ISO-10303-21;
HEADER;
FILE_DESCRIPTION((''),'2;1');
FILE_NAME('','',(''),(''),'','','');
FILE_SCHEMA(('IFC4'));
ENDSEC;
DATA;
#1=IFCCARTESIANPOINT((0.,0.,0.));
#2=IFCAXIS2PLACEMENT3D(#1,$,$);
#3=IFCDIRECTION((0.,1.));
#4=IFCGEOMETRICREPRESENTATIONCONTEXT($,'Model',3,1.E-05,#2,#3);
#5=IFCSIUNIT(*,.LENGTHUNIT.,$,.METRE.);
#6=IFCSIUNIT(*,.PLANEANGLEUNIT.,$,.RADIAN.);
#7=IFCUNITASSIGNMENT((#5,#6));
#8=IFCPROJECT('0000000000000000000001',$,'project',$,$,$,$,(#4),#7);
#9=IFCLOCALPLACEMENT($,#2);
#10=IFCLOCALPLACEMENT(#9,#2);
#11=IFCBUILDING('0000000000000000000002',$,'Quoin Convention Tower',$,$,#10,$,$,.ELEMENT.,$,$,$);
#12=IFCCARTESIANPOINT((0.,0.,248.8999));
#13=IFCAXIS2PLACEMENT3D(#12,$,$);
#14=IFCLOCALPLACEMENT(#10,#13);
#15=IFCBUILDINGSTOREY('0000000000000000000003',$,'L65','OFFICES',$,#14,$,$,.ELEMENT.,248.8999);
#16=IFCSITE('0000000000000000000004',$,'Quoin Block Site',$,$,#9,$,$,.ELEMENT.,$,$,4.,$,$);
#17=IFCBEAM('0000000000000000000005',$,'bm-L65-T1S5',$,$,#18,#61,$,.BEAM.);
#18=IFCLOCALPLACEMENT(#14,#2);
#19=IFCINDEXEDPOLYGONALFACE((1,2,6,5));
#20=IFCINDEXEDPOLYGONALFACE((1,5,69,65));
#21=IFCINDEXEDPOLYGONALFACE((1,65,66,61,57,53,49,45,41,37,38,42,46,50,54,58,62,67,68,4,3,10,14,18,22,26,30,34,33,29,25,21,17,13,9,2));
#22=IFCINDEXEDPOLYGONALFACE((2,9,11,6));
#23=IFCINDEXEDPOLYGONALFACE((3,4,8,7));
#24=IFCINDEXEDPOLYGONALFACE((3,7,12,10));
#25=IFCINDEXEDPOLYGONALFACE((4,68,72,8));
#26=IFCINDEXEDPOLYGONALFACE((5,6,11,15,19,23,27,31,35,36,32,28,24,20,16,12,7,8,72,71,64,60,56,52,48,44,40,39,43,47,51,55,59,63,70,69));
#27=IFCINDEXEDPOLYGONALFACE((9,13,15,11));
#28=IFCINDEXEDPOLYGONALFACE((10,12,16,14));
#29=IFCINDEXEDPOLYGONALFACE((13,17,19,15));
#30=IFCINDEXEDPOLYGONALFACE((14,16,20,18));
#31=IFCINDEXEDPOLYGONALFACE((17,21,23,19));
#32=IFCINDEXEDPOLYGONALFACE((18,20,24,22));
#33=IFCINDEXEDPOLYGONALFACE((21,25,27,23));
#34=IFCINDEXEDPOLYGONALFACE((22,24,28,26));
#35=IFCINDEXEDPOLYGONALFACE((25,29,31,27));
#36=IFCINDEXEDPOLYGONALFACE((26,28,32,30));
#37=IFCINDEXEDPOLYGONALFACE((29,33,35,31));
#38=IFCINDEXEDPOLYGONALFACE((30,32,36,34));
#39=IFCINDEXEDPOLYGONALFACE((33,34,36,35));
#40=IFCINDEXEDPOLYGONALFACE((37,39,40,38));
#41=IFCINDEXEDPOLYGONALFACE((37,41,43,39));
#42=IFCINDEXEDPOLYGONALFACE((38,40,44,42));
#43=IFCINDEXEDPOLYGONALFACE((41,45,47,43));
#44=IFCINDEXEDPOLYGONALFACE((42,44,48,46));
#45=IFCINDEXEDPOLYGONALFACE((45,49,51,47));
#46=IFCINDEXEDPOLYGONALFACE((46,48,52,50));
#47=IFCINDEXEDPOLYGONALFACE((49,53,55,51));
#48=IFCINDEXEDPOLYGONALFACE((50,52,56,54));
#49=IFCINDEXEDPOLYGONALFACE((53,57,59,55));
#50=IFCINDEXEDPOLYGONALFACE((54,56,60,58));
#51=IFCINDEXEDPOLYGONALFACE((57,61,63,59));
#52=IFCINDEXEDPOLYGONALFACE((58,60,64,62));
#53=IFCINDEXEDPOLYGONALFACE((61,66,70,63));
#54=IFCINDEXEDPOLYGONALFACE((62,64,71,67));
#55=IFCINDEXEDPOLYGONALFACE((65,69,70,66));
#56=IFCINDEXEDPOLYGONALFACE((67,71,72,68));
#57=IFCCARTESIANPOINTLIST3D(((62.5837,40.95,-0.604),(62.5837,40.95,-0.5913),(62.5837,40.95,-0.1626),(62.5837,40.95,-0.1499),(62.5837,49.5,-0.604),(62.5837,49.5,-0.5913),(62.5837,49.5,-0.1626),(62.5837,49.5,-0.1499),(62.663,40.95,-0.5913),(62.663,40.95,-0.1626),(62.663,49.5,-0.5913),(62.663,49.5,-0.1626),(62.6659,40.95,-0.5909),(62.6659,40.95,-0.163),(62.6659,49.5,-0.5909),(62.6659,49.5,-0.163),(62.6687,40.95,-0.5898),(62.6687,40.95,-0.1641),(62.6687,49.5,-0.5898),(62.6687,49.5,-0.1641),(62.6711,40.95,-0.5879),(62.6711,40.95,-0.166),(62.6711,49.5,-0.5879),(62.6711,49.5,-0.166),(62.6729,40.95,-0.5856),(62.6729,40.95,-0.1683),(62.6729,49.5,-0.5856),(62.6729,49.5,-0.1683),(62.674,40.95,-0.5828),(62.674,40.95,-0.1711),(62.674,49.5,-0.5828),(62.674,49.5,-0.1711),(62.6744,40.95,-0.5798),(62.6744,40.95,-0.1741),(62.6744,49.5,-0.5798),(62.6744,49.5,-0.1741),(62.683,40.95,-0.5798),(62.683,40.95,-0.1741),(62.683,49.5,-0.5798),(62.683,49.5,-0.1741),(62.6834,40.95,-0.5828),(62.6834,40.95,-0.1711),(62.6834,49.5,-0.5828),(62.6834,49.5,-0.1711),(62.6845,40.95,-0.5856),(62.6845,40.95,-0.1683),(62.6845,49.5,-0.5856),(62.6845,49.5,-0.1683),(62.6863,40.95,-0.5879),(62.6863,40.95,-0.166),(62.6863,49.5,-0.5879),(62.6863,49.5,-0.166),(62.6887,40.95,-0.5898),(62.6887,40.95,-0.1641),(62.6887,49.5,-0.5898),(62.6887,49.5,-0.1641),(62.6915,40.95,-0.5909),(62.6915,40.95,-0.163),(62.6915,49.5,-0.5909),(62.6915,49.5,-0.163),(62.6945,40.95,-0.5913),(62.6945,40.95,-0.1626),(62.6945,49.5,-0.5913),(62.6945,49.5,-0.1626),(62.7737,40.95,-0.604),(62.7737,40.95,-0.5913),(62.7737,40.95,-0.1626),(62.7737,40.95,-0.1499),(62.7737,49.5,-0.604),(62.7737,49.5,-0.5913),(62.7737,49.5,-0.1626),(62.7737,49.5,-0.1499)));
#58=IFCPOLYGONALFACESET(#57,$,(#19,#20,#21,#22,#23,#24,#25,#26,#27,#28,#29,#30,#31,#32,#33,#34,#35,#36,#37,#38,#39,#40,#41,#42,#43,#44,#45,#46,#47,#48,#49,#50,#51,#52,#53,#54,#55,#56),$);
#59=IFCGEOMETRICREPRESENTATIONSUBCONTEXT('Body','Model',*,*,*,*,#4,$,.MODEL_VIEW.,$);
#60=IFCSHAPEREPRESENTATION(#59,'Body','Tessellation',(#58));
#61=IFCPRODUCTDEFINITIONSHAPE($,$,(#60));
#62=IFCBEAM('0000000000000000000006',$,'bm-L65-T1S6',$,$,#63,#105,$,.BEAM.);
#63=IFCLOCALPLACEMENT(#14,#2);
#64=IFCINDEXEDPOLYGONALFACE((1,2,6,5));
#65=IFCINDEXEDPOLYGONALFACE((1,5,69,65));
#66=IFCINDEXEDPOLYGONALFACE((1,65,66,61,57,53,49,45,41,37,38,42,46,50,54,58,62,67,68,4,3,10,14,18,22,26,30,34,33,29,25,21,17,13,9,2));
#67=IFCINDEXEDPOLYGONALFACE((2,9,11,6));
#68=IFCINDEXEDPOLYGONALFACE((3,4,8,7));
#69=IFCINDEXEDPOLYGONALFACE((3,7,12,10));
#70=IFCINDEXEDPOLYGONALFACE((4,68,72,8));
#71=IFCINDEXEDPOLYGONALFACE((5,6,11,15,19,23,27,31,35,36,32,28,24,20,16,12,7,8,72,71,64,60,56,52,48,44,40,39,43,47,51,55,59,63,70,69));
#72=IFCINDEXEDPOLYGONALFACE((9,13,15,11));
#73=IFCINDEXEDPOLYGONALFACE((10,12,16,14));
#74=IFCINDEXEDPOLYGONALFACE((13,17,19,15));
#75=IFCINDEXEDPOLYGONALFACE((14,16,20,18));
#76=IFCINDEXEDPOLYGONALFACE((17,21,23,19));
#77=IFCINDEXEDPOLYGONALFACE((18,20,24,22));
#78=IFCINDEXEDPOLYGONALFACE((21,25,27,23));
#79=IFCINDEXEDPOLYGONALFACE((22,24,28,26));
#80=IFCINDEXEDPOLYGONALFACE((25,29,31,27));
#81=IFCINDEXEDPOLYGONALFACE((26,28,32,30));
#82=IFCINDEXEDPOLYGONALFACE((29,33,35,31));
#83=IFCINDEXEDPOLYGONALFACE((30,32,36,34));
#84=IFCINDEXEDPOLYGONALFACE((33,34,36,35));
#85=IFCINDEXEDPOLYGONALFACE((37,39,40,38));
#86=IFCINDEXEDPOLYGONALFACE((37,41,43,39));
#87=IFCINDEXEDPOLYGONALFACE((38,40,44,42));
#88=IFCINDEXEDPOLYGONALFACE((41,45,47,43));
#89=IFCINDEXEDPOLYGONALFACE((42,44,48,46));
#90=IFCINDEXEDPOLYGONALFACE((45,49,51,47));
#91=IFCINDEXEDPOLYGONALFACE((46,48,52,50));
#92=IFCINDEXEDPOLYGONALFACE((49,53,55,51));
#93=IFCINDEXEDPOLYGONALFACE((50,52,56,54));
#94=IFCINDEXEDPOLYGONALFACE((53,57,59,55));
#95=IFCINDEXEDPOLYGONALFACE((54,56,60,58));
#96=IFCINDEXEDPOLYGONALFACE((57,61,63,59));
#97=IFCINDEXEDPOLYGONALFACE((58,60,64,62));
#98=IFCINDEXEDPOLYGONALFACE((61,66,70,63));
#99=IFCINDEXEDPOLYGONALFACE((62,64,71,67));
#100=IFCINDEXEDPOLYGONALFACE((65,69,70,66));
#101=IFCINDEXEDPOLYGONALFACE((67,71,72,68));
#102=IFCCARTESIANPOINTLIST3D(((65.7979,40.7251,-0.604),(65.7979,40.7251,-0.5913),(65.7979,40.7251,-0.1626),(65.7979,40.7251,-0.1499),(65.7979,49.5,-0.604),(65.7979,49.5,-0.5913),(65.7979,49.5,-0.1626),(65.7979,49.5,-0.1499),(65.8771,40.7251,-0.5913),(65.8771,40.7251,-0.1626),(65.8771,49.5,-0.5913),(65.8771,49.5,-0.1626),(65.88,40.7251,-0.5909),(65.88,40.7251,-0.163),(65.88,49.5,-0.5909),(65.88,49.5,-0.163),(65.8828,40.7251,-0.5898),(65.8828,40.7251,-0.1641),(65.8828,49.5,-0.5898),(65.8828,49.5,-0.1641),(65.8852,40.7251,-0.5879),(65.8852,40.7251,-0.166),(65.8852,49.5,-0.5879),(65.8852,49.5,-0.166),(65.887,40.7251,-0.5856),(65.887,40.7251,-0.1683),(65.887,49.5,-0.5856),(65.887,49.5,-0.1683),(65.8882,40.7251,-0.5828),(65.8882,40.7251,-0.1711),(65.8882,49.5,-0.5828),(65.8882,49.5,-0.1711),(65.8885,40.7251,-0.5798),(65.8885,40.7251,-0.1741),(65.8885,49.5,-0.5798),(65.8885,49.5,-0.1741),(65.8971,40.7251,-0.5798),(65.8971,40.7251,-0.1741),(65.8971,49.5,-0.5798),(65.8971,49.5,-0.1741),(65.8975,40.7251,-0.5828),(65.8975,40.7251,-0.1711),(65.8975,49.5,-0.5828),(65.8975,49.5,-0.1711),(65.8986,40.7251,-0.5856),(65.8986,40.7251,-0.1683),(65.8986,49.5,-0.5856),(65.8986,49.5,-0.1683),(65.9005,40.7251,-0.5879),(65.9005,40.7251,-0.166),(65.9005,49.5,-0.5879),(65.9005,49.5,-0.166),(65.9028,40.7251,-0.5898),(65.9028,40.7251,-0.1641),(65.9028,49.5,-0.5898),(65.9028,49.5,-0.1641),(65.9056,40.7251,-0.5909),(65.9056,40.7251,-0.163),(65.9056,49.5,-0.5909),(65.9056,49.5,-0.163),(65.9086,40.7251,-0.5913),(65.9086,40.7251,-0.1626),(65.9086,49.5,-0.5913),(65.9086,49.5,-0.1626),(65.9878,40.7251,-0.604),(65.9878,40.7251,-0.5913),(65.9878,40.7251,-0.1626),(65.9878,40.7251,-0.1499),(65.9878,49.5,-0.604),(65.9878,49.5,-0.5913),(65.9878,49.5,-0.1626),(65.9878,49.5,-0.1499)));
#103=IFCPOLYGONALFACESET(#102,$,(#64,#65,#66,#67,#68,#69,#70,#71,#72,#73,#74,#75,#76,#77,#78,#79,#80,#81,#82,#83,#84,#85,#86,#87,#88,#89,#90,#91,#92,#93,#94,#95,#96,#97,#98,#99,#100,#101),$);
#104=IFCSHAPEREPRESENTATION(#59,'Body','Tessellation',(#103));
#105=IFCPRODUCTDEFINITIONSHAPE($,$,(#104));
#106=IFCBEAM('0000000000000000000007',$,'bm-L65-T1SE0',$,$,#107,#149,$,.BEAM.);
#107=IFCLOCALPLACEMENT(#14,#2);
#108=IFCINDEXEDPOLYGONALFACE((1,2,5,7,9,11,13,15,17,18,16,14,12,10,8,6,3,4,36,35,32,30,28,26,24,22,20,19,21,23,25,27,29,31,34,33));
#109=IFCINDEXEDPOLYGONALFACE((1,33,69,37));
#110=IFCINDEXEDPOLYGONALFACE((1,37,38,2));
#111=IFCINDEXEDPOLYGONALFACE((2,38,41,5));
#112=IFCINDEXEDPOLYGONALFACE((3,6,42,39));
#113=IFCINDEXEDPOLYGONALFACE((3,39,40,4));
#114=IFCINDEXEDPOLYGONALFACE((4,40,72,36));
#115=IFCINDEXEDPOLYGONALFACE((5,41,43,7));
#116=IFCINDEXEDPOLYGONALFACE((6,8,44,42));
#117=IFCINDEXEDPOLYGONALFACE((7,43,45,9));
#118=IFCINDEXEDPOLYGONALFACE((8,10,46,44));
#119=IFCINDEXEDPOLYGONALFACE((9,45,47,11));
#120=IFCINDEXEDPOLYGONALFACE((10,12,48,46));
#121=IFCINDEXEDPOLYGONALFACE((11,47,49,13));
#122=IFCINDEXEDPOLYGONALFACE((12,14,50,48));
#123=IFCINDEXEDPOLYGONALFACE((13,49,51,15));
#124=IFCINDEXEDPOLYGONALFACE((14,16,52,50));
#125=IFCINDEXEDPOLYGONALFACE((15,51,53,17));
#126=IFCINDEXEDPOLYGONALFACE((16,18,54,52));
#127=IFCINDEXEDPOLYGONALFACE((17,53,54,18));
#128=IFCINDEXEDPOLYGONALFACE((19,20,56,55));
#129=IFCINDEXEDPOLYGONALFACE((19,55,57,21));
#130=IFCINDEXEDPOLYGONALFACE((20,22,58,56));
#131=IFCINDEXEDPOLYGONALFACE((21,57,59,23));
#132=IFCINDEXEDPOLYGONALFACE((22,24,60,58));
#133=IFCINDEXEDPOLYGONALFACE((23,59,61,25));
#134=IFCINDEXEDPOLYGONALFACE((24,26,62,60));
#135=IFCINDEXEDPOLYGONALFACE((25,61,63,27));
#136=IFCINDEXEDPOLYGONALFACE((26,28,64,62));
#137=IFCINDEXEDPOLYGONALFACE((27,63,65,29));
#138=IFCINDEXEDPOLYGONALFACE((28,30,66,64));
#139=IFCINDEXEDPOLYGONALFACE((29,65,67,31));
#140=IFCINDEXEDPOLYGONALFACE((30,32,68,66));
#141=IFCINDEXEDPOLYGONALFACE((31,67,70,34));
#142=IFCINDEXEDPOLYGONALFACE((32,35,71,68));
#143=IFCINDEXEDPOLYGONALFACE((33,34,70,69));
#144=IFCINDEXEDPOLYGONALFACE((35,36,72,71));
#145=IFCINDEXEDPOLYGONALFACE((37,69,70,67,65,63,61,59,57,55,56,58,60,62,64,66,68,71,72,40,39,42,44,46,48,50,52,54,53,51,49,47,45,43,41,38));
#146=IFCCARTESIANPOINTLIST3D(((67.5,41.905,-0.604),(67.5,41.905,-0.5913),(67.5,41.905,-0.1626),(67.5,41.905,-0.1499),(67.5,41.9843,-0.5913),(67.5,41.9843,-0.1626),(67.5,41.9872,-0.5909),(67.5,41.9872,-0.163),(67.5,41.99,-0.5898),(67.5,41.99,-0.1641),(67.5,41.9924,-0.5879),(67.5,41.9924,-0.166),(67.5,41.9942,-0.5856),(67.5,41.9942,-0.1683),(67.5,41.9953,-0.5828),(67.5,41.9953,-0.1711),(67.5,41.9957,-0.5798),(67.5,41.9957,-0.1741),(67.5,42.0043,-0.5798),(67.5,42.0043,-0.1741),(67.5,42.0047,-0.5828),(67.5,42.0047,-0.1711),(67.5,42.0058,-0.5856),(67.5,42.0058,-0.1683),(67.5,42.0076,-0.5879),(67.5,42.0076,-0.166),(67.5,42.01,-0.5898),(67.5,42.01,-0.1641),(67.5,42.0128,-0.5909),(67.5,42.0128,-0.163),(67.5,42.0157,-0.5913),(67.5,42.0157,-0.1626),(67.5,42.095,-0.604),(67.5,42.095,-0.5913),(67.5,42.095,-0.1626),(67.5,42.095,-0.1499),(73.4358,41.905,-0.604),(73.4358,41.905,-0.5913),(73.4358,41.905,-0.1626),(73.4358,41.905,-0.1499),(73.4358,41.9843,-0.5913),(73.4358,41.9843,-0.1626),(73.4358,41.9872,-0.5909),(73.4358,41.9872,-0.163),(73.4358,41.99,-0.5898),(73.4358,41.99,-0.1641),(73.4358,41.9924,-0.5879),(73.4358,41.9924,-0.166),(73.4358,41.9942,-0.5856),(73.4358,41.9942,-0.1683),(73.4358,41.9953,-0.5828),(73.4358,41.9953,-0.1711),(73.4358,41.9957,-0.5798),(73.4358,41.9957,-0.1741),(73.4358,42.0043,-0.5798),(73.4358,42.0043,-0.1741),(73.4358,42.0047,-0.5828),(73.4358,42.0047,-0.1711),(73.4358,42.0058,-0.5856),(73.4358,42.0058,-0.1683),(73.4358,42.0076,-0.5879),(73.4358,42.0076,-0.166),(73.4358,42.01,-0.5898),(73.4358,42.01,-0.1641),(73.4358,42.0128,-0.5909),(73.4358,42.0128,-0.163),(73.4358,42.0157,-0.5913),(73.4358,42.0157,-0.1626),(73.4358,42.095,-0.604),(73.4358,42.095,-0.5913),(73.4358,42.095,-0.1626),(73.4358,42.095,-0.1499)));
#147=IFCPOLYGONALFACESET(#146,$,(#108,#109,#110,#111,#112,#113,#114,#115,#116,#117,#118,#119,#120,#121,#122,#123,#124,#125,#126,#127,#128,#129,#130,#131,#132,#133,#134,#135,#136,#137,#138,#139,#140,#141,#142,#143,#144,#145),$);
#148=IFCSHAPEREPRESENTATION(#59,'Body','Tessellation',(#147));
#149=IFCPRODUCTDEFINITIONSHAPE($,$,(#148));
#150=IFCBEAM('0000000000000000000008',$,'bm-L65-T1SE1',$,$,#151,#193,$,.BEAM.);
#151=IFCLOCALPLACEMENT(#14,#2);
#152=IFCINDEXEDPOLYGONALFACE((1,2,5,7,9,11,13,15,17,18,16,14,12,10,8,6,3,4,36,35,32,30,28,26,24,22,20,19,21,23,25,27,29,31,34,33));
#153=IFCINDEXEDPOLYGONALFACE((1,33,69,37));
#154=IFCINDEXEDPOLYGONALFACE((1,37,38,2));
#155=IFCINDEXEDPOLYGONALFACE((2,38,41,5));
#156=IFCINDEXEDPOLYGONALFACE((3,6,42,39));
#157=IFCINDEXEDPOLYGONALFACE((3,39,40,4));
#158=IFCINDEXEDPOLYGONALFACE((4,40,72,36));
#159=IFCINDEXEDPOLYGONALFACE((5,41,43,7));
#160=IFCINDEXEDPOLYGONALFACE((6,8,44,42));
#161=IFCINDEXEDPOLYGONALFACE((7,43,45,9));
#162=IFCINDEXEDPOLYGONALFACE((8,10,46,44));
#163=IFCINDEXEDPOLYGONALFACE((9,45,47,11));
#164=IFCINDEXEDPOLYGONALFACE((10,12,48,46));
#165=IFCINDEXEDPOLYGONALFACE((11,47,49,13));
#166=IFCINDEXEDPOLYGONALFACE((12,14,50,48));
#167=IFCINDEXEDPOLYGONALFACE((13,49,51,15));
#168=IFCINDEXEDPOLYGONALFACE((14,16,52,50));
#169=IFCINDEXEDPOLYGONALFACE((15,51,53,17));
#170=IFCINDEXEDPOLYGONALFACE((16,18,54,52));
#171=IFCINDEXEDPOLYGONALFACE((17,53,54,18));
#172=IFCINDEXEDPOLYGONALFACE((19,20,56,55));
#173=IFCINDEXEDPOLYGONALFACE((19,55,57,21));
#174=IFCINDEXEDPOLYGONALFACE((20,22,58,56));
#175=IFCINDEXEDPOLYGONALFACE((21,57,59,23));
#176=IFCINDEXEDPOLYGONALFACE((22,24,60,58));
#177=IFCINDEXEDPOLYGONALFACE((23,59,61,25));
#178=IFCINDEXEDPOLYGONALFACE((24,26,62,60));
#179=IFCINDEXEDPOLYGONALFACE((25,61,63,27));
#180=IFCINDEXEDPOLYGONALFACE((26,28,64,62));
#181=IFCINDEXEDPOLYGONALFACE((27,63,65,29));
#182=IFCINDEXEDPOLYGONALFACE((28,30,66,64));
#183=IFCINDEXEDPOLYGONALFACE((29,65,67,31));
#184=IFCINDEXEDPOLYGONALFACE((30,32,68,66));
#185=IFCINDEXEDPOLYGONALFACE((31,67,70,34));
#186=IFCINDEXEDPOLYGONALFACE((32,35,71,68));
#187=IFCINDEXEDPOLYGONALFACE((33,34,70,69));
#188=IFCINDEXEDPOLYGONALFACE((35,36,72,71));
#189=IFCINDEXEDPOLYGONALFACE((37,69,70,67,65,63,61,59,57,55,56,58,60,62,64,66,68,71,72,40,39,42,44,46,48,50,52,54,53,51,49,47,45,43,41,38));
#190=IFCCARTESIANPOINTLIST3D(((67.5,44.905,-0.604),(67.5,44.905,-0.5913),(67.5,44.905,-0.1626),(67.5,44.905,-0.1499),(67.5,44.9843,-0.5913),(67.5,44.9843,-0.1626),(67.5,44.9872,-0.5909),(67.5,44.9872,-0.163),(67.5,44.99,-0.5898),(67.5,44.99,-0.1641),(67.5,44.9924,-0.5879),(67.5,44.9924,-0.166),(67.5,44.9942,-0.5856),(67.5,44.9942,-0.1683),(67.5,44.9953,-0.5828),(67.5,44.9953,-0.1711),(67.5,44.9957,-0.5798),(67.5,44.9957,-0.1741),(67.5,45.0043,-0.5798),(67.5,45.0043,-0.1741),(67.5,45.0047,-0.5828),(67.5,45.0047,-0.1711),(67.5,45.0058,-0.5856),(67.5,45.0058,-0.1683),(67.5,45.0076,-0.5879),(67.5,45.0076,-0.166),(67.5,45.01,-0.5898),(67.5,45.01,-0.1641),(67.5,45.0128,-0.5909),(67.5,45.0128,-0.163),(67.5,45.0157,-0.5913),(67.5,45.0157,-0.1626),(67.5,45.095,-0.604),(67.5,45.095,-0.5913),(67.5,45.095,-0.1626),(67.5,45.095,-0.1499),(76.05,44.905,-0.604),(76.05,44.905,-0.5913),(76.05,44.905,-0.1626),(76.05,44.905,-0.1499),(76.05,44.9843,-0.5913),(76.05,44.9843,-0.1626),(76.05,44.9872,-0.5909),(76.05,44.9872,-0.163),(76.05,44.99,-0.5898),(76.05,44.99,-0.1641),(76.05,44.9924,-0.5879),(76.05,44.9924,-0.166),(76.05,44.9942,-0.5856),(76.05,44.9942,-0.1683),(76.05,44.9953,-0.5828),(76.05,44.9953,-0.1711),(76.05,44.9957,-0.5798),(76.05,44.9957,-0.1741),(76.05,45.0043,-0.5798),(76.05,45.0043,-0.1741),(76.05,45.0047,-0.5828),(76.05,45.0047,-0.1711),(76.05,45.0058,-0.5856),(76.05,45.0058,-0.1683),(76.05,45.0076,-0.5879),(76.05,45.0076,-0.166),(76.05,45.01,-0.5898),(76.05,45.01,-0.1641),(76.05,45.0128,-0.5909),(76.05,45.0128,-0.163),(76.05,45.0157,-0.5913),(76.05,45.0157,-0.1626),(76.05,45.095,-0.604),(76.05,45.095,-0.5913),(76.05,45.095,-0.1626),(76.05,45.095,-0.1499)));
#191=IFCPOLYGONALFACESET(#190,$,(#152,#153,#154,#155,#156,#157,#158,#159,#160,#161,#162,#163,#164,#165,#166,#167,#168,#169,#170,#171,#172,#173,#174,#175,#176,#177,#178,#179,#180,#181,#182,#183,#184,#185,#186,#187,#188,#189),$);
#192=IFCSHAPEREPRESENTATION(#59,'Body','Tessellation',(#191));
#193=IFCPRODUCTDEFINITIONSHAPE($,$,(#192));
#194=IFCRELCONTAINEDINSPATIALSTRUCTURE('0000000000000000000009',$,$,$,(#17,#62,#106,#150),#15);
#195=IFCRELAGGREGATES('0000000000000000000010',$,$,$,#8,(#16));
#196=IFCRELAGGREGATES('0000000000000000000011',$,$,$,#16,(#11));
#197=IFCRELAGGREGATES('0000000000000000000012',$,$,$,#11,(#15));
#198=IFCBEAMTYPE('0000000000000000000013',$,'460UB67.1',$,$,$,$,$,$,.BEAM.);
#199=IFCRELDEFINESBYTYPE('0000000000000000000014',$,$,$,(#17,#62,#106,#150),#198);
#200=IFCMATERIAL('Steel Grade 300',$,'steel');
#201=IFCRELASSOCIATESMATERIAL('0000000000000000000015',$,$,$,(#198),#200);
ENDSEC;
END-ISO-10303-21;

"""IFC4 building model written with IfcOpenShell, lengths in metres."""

from ifc_helpers import new_model, si_unit, direction, frame, origin, origin_2d, place, context, subcontext, project, spatial, i_section, extrude, material, material_profile, profile_set, type_object, element, save


model = new_model("IFC4")

# Units and contexts
model_context = context("Model", 3, precision=1e-05, world=origin(), true_north=direction((0.0, 1.0)))
body_context = subcontext(model_context, "Body", "Model", "MODEL_VIEW")
ifc_project = project(units=[si_unit("LENGTHUNIT", "METRE"), si_unit("PLANEANGLEUNIT", "RADIAN")], contexts=[model_context])

# Site, building, storey
site_placement = place(None, origin())
site = spatial("IfcSite", under=ifc_project, at=site_placement, Name="Quoin Block Site", CompositionType="ELEMENT", RefElevation=4.0)
building_placement = place(site_placement, origin())
building = spatial("IfcBuilding", under=site, at=building_placement, Name="Quoin Convention Tower", CompositionType="ELEMENT")
storey_placement = place(building_placement, frame((0.0, 0.0, 248.8999)))
storey = spatial("IfcBuildingStorey", under=building, at=storey_placement, Name="L65", Description="OFFICES", CompositionType="ELEMENT", Elevation=248.8999)

# Beams
ifc_material_1 = material(Name="Steel Grade 300", Category="steel")
ifc_material_profile_1 = material_profile(ifc_material_1, i_section(OverallWidth=0.1899, OverallDepth=0.4541, WebThickness=0.0085, FlangeThickness=0.0127, FilletRadius=0.0115, at=origin_2d()), Name="460UB67.1")
ifc_profile_set_1 = profile_set([ifc_material_profile_1], Name="Steel Grade 300")
beam_type_1 = type_object("IfcBeamType", Name="460UB67.1", PredefinedType="BEAM", material=ifc_profile_set_1)
beam_1_placement = place(storey_placement, frame((62.6787, 40.95, -0.377), z_axis=(0.0, 1.0, 0.0), x_axis=(-1.0, 0.0, 0.0)))
element("IfcBeam", 1, at=beam_1_placement, inside=storey, type_object=beam_type_1, Name="bm-L65-T1S5", PredefinedType="BEAM", context=body_context, shape_type="SweptSolid", body=[
    extrude(i_section(OverallWidth=0.1899, OverallDepth=0.4541, WebThickness=0.0085, FlangeThickness=0.0127, FilletRadius=0.0115, at=origin_2d()), origin(), (0.0, 0.0, 1.0), 8.55),
])
beam_2_placement = place(storey_placement, frame((65.8928, 40.7251, -0.377), z_axis=(0.0, 1.0, 0.0), x_axis=(-1.0, 0.0, 0.0)))
element("IfcBeam", 2, at=beam_2_placement, inside=storey, type_object=beam_type_1, Name="bm-L65-T1S6", PredefinedType="BEAM", context=body_context, shape_type="SweptSolid", body=[
    extrude(i_section(OverallWidth=0.1899, OverallDepth=0.4541, WebThickness=0.0085, FlangeThickness=0.0127, FilletRadius=0.0115, at=origin_2d()), origin(), (0.0, 0.0, 1.0), 8.7749),
])
beam_3_placement = place(storey_placement, frame((67.5, 42.0, -0.377), z_axis=(1.0, 0.0, 0.0), x_axis=(0.0, 1.0, 0.0)))
element("IfcBeam", 3, at=beam_3_placement, inside=storey, type_object=beam_type_1, Name="bm-L65-T1SE0", PredefinedType="BEAM", context=body_context, shape_type="SweptSolid", body=[
    extrude(i_section(OverallWidth=0.1899, OverallDepth=0.4541, WebThickness=0.0085, FlangeThickness=0.0127, FilletRadius=0.0115, at=origin_2d()), origin(), (0.0, 0.0, 1.0), 5.9358),
])
beam_4_placement = place(storey_placement, frame((67.5, 45.0, -0.377), z_axis=(1.0, 0.0, 0.0), x_axis=(0.0, 1.0, 0.0)))
element("IfcBeam", 4, at=beam_4_placement, inside=storey, type_object=beam_type_1, Name="bm-L65-T1SE1", PredefinedType="BEAM", context=body_context, shape_type="SweptSolid", body=[
    extrude(i_section(OverallWidth=0.1899, OverallDepth=0.4541, WebThickness=0.0085, FlangeThickness=0.0127, FilletRadius=0.0115, at=origin_2d()), origin(), (0.0, 0.0, 1.0), 8.55),
])

save(model, "model.ifc")
